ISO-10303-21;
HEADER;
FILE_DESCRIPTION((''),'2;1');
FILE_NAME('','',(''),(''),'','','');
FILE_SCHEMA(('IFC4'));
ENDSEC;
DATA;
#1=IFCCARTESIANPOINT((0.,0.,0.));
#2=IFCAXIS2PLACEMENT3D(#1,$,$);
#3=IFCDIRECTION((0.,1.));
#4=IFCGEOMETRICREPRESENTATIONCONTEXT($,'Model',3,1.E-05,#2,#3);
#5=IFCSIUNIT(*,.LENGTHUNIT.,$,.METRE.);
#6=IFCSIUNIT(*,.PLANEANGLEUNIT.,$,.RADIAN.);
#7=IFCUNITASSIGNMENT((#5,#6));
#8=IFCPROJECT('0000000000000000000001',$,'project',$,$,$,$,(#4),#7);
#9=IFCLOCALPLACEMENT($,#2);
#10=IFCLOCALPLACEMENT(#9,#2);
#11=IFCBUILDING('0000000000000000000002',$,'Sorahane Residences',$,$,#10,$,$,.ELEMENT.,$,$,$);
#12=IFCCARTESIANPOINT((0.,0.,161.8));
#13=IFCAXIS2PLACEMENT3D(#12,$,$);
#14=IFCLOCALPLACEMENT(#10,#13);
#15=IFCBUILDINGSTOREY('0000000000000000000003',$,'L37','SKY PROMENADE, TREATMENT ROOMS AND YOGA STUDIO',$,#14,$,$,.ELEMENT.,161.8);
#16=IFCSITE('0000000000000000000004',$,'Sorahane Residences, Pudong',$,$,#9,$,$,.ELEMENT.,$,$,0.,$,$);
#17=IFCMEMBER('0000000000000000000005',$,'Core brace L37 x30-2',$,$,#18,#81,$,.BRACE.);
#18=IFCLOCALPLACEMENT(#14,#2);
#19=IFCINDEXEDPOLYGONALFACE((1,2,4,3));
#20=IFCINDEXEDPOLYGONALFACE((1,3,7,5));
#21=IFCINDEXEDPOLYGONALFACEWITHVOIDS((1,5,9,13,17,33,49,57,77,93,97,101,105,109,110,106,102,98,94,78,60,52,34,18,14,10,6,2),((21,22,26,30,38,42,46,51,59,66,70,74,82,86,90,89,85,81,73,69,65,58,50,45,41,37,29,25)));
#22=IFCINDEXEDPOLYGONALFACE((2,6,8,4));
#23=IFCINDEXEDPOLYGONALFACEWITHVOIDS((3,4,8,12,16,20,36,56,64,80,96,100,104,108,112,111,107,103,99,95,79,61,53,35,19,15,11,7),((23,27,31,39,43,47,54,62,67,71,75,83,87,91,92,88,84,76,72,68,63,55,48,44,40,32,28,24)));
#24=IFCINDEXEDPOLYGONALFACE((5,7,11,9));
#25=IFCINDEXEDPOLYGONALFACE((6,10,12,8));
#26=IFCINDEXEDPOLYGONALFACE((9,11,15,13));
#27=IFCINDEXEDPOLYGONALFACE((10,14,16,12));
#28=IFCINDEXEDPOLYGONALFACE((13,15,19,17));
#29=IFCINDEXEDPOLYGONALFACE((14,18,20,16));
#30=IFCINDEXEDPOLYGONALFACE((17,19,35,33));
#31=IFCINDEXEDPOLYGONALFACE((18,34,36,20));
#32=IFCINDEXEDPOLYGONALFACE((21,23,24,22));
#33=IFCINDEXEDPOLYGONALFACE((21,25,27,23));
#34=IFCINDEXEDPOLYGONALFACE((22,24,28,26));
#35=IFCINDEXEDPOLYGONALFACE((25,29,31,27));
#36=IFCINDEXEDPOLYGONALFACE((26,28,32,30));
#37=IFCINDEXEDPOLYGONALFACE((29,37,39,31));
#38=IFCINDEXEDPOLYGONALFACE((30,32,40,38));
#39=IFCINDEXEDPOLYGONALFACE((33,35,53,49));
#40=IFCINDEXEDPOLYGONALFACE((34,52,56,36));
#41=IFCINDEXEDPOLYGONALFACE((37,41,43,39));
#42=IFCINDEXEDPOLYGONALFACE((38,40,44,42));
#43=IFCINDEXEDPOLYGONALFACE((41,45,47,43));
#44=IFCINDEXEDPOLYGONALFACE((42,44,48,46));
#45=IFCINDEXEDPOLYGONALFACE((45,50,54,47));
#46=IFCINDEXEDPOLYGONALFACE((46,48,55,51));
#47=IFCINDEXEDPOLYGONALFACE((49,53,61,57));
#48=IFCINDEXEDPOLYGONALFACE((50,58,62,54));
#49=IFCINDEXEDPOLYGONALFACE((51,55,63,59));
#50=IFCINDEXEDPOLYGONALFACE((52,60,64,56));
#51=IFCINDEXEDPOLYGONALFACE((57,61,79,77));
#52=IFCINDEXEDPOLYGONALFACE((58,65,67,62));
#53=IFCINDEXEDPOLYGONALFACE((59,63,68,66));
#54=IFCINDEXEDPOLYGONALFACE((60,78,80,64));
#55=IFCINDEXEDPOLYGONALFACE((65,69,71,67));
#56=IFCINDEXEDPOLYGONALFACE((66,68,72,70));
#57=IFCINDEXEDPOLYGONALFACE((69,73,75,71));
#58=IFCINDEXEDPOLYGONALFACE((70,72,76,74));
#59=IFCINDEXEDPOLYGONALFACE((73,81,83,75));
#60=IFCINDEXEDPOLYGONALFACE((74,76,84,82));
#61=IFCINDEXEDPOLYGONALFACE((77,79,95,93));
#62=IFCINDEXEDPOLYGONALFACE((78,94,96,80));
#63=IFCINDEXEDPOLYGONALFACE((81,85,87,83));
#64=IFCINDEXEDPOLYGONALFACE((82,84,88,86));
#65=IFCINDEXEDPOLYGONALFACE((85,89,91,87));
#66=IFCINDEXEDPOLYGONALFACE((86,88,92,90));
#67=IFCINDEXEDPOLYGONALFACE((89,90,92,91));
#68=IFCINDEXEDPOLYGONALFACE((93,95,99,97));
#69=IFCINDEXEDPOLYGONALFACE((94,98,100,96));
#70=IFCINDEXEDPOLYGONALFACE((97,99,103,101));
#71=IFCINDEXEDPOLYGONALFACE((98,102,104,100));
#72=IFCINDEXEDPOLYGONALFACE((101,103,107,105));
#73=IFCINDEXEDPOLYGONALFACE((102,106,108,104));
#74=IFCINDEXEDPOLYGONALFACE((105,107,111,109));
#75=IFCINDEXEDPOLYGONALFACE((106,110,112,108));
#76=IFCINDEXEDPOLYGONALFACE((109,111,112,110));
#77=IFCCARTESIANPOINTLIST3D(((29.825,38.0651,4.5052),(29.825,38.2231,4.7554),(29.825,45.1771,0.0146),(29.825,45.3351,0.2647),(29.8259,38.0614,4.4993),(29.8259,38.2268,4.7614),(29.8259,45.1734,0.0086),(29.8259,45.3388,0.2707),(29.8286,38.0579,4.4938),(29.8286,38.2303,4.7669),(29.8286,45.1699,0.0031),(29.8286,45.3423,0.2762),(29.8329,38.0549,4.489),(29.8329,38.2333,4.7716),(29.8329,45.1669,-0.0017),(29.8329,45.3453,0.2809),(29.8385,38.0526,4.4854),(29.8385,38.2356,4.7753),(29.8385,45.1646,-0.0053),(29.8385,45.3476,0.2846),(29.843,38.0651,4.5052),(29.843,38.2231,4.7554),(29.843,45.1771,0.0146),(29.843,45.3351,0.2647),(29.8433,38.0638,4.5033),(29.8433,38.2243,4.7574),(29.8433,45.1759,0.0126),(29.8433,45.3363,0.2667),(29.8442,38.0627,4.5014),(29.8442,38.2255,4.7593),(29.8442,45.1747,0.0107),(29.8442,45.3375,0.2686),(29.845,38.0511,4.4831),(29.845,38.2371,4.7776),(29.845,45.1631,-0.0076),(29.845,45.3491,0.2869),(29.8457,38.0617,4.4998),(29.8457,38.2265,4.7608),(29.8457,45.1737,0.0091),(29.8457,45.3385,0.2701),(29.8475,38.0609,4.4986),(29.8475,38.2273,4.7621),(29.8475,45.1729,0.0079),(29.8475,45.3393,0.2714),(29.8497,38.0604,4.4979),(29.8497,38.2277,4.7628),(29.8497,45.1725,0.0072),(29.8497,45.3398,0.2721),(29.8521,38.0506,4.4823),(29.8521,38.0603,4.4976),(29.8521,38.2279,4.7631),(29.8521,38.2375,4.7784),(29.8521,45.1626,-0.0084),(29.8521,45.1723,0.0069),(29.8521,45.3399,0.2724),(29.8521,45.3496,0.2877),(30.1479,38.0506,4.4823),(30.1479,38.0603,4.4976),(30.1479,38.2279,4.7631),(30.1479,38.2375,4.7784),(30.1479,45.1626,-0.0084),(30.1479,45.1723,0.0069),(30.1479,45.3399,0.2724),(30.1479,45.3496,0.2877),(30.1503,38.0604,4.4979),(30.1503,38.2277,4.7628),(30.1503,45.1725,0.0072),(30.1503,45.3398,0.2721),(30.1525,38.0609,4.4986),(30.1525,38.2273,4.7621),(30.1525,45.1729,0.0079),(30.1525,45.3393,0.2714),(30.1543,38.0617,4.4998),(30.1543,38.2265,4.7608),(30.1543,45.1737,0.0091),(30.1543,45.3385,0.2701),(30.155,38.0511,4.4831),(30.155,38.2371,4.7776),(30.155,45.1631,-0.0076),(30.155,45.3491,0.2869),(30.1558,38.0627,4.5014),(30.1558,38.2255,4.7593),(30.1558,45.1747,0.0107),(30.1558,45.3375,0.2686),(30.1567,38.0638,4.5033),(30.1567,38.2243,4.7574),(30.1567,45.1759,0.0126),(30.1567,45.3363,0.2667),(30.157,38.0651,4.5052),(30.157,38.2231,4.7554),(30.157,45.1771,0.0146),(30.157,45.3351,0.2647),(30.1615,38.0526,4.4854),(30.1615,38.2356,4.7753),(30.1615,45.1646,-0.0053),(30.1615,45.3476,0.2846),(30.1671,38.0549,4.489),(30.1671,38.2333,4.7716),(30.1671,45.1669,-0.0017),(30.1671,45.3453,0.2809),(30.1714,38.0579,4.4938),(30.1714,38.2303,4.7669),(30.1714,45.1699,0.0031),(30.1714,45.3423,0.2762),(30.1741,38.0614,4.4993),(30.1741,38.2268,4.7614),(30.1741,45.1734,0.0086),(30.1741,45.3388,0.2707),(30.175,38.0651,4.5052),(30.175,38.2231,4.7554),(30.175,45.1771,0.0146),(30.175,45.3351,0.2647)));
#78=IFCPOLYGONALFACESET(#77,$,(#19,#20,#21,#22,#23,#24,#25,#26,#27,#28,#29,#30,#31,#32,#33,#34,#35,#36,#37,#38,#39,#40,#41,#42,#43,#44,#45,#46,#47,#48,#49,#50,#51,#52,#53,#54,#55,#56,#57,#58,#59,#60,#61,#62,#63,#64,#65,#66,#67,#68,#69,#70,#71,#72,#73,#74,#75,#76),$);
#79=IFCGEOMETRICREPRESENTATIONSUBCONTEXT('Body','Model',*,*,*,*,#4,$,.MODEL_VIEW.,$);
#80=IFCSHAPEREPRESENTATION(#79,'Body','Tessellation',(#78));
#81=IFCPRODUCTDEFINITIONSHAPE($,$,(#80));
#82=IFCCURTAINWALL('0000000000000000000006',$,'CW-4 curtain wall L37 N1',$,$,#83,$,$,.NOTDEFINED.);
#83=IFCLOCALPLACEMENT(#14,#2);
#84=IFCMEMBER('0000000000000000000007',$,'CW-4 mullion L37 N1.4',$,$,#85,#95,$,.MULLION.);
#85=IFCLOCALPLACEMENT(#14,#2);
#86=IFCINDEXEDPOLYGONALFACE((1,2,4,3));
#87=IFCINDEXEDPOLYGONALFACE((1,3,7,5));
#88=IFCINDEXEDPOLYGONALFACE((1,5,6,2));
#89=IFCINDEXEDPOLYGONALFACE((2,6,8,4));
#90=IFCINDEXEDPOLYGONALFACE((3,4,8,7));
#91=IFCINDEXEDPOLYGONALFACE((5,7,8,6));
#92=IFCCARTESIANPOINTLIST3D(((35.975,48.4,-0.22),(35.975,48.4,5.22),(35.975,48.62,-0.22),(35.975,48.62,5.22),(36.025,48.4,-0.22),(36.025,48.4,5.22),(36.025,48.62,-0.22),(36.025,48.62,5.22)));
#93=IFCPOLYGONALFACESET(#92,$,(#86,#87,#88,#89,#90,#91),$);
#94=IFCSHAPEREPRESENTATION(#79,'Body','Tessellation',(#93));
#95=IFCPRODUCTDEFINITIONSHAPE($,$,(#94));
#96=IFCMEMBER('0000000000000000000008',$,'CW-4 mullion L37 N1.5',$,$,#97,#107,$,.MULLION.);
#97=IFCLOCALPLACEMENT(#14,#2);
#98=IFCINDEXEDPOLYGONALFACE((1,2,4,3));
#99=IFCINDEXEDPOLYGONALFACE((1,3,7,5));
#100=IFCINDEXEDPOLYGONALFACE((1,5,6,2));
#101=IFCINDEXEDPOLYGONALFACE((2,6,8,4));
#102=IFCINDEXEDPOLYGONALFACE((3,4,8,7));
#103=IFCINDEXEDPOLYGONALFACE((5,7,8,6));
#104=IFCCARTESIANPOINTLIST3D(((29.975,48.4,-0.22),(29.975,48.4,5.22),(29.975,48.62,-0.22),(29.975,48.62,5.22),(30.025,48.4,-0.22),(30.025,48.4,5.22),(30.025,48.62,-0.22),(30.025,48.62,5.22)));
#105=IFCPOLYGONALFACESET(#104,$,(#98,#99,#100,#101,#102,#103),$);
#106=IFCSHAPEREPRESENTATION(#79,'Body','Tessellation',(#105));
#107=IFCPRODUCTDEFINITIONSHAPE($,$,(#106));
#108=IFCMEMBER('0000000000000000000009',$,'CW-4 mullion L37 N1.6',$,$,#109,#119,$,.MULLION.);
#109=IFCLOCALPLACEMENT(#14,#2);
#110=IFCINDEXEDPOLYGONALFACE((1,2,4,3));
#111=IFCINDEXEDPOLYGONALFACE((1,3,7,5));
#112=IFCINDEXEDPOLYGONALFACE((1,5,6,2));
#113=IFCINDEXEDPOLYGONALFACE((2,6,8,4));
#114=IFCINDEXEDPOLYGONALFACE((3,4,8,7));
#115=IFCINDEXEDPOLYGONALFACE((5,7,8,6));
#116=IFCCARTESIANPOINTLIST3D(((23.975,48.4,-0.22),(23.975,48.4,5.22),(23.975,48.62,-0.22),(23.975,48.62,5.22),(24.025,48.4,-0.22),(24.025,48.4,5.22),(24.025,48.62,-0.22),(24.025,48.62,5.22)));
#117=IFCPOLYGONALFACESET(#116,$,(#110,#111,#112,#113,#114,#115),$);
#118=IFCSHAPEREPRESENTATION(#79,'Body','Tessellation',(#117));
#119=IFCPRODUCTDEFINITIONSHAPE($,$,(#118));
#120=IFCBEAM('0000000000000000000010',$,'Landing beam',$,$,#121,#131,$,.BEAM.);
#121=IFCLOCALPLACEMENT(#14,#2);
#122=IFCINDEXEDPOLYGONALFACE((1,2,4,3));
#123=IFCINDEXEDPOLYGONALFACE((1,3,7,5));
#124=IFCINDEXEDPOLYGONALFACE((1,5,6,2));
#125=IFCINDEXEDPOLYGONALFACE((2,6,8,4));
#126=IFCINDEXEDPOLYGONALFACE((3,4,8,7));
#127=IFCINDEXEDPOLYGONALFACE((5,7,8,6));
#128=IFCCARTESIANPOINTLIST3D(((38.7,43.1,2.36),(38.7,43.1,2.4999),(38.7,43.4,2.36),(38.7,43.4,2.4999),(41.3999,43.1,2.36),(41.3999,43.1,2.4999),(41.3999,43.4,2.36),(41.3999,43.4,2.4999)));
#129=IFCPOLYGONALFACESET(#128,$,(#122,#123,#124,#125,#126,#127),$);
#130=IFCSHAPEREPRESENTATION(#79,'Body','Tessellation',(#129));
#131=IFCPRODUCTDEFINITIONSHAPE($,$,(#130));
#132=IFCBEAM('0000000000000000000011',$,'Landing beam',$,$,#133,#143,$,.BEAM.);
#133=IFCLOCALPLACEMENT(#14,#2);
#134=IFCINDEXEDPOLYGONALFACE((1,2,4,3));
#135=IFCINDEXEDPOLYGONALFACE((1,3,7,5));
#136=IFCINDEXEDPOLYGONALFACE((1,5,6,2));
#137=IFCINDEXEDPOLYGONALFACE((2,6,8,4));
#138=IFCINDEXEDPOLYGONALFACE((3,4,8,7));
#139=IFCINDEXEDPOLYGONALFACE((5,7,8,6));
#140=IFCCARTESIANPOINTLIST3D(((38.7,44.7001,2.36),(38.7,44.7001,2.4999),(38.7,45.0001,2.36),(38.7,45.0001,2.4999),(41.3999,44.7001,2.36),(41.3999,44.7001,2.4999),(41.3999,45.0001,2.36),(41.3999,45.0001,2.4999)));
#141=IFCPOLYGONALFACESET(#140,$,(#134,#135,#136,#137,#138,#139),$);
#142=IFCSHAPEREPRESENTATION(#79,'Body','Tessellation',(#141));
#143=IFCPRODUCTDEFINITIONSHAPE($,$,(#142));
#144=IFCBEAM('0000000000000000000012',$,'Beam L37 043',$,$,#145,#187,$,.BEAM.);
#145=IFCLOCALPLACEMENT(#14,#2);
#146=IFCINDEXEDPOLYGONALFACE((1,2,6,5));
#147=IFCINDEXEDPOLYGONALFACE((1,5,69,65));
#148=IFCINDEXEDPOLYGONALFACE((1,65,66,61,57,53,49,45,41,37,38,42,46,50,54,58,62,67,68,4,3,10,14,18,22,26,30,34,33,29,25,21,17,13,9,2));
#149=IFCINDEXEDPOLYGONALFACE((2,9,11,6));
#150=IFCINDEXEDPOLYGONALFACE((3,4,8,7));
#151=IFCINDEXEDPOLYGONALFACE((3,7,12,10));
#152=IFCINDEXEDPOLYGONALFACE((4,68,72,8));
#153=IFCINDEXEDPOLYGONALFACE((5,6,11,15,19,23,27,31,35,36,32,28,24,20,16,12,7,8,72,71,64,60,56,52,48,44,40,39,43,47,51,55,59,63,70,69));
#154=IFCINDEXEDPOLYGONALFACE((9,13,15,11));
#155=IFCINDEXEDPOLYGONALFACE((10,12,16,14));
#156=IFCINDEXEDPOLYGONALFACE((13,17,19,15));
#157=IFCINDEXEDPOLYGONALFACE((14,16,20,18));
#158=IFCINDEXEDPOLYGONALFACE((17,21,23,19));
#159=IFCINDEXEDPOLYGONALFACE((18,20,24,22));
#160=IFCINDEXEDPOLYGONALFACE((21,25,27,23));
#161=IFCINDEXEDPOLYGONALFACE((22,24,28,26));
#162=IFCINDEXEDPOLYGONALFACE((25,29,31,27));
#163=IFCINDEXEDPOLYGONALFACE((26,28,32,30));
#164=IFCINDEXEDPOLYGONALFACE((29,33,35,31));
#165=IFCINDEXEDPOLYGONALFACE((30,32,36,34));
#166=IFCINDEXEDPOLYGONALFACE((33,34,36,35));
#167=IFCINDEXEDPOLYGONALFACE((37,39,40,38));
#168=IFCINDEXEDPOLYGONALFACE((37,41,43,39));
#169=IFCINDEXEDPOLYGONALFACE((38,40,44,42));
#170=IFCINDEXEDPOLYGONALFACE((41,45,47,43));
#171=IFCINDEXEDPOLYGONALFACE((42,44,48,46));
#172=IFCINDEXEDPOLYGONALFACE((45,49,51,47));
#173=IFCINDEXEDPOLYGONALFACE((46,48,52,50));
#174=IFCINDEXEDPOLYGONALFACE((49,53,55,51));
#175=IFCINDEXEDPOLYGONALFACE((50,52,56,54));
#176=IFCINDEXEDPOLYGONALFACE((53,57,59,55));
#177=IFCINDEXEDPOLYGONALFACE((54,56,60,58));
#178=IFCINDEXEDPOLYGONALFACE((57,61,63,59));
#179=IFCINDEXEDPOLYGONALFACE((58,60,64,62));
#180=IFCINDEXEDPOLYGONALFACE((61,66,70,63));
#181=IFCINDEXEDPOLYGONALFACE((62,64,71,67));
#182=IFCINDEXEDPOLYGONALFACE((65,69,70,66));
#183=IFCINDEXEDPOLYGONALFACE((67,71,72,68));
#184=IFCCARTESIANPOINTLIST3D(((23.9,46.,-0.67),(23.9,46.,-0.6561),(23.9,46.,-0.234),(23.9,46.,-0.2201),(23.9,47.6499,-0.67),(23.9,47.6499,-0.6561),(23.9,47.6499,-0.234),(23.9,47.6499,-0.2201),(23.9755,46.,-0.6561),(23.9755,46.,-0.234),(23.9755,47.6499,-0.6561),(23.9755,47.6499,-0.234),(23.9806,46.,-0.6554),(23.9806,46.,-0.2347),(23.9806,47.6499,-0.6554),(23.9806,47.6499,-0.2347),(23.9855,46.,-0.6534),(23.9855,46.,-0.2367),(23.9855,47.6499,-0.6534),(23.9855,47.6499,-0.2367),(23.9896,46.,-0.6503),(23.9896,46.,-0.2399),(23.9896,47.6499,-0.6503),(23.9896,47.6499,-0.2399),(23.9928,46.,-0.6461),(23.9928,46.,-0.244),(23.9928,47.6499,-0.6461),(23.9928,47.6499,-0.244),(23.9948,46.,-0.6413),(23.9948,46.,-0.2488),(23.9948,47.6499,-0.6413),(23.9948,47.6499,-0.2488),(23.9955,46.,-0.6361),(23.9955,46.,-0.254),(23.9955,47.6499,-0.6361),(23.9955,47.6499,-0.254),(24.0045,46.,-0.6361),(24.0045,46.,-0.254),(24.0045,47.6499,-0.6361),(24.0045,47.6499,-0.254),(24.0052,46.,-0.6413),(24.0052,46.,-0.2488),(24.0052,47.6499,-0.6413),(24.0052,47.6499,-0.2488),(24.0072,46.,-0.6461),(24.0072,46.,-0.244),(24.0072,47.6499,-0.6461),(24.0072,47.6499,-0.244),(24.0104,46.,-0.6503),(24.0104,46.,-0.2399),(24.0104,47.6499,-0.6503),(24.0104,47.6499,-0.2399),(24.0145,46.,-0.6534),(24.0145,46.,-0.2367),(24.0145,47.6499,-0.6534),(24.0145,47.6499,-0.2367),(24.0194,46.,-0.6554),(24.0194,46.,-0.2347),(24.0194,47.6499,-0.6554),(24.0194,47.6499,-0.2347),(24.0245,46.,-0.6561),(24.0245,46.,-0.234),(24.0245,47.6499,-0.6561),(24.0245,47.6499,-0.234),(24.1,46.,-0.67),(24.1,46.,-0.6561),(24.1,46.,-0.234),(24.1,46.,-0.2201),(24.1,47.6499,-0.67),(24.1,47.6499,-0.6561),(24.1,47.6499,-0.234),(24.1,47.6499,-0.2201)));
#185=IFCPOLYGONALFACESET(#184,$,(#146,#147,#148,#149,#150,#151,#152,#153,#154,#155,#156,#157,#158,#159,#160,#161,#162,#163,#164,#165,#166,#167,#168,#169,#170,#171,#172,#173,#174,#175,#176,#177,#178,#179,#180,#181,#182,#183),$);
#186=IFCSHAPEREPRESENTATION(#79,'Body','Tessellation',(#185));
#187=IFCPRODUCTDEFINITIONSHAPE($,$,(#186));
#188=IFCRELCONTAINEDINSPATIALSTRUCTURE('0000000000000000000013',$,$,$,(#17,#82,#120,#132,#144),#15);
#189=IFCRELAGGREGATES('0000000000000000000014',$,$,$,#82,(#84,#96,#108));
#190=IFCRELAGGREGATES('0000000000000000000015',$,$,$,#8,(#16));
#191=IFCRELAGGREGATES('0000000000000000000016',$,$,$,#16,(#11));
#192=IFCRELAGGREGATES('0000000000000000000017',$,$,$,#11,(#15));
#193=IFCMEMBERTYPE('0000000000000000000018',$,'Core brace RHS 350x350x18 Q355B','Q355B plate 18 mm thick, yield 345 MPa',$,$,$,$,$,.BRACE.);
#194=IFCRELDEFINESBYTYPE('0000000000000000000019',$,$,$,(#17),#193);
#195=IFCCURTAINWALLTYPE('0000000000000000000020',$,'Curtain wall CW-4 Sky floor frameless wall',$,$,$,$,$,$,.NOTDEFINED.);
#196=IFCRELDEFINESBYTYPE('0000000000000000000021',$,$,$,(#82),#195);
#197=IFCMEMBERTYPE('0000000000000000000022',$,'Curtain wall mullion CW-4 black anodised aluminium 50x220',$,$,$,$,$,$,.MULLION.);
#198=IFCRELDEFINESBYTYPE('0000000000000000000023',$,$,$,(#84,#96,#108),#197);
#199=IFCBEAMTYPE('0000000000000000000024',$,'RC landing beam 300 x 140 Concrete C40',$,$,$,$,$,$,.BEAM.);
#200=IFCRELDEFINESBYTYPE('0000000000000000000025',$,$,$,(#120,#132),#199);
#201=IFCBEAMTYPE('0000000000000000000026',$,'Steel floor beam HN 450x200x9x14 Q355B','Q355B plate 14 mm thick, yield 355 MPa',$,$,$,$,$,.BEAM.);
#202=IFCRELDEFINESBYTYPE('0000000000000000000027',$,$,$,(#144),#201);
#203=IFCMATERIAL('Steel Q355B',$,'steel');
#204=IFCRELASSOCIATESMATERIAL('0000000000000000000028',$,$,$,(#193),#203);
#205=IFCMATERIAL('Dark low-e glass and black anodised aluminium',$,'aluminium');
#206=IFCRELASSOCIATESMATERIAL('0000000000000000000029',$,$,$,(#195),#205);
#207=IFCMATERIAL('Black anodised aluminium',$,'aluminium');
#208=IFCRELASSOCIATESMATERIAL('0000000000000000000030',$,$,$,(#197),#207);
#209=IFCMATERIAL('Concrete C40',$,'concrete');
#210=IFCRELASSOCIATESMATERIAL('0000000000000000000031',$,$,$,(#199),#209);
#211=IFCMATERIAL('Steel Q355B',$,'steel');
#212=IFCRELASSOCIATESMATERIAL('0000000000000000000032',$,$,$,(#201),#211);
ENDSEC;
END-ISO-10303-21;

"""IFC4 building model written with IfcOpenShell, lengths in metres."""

from ifc_helpers import new_model, si_unit, direction, frame, origin, origin_2d, place, context, subcontext, project, spatial, rectangle, hollow_rectangle, i_section, extrude, material, material_profile, profile_set, type_object, element, aggregate, save


model = new_model("IFC4")

# Units and contexts
model_context = context("Model", 3, precision=1e-05, world=origin(), true_north=direction((0.0, 1.0)))
body_context = subcontext(model_context, "Body", "Model", "MODEL_VIEW")
ifc_project = project(units=[si_unit("LENGTHUNIT", "METRE"), si_unit("PLANEANGLEUNIT", "RADIAN")], contexts=[model_context])

# Site, building, storey
site_placement = place(None, origin())
site = spatial("IfcSite", under=ifc_project, at=site_placement, Name="Sorahane Residences, Pudong", CompositionType="ELEMENT", RefElevation=0.0)
building_placement = place(site_placement, origin())
building = spatial("IfcBuilding", under=site, at=building_placement, Name="Sorahane Residences", CompositionType="ELEMENT")
storey_placement = place(building_placement, frame((0.0, 0.0, 161.8)))
storey = spatial("IfcBuildingStorey", under=building, at=storey_placement, Name="L37", Description="SKY PROMENADE, TREATMENT ROOMS AND YOGA STUDIO", CompositionType="ELEMENT", Elevation=161.8)

# Member
ifc_material_1 = material(Name="Steel Q355B", Category="steel")
ifc_material_profile_1 = material_profile(ifc_material_1, hollow_rectangle(XDim=0.3501, YDim=0.3501, WallThickness=0.0181, InnerFilletRadius=0.009, OuterFilletRadius=0.0271, at=origin_2d()), Name="RHS 350x350x18")
ifc_profile_set_1 = profile_set([ifc_material_profile_1], Name="Steel Q355B")
member_type_1 = type_object("IfcMemberType", Name="Core brace RHS 350x350x18 Q355B", Description="Q355B plate 18 mm thick, yield 345 MPa", PredefinedType="BRACE", material=ifc_profile_set_1)
member_1_placement = place(storey_placement, frame((30.0, 45.2561, 0.1396), z_axis=(0.0, -0.845548, 0.533899), x_axis=(1.0, 0.0, 0.0)))
element("IfcMember", 1, at=member_1_placement, inside=storey, type_object=member_type_1, Name="Core brace L37 x30-2", PredefinedType="BRACE", context=body_context, shape_type="SweptSolid", body=[
    extrude(hollow_rectangle(XDim=0.3501, YDim=0.3501, WallThickness=0.0181, InnerFilletRadius=0.009, OuterFilletRadius=0.0271, at=origin_2d()), origin(), (0.0, 0.0, 1.0), 8.4111),
])

# Curtain wall, members
ifc_material_2 = material(Name="Dark low-e glass and black anodised aluminium", Category="aluminium")
curtain_wall_type = type_object("IfcCurtainWallType", Name="Curtain wall CW-4 Sky floor frameless wall", PredefinedType="NOTDEFINED", material=ifc_material_2)
curtain_wall_placement = place(storey_placement, origin())
curtain_wall = element("IfcCurtainWall", 2, at=curtain_wall_placement, inside=storey, type_object=curtain_wall_type, Name="CW-4 curtain wall L37 N1", PredefinedType="NOTDEFINED")
ifc_material_3 = material(Name="Black anodised aluminium", Category="aluminium")
ifc_material_profile_2 = material_profile(ifc_material_3, rectangle(XDim=0.22, YDim=0.05, at=origin_2d()), Name="Curtain wall mullion CW-4 black anodised aluminium 50x220")
ifc_profile_set_2 = profile_set([ifc_material_profile_2], Name="Black anodised aluminium")
member_type_2 = type_object("IfcMemberType", Name="Curtain wall mullion CW-4 black anodised aluminium 50x220", PredefinedType="MULLION", material=ifc_profile_set_2)
member_2_placement = place(storey_placement, frame((36.0, 48.51, -0.22), z_axis=(0.0, 0.0, 1.0), x_axis=(0.0, 1.0, 0.0)))
member_2 = element("IfcMember", 3, at=member_2_placement, type_object=member_type_2, Name="CW-4 mullion L37 N1.4", PredefinedType="MULLION", context=body_context, shape_type="SweptSolid", body=[
    extrude(rectangle(XDim=0.22, YDim=0.05, at=origin_2d()), origin(), (0.0, 0.0, 1.0), 5.4399),
])
member_3_placement = place(storey_placement, frame((30.0, 48.51, -0.22), z_axis=(0.0, 0.0, 1.0), x_axis=(0.0, 1.0, 0.0)))
member_3 = element("IfcMember", 4, at=member_3_placement, type_object=member_type_2, Name="CW-4 mullion L37 N1.5", PredefinedType="MULLION", context=body_context, shape_type="SweptSolid", body=[
    extrude(rectangle(XDim=0.22, YDim=0.05, at=origin_2d()), origin(), (0.0, 0.0, 1.0), 5.4399),
])
member_4_placement = place(storey_placement, frame((24.0, 48.51, -0.22), z_axis=(0.0, 0.0, 1.0), x_axis=(0.0, 1.0, 0.0)))
member_4 = element("IfcMember", 5, at=member_4_placement, type_object=member_type_2, Name="CW-4 mullion L37 N1.6", PredefinedType="MULLION", context=body_context, shape_type="SweptSolid", body=[
    extrude(rectangle(XDim=0.22, YDim=0.05, at=origin_2d()), origin(), (0.0, 0.0, 1.0), 5.4399),
])

# Beams
ifc_material_4 = material(Name="Concrete C40", Category="concrete")
ifc_material_profile_3 = material_profile(ifc_material_4, rectangle(XDim=0.3, YDim=0.1399, at=origin_2d()), Name="300x140")
ifc_profile_set_3 = profile_set([ifc_material_profile_3], Name="Concrete C40")
beam_type_1 = type_object("IfcBeamType", Name="RC landing beam 300 x 140 Concrete C40", PredefinedType="BEAM", material=ifc_profile_set_3)
for number, where, z_axis, x_axis, name in (
    (6, (38.7, 43.25, 2.4299), (1.0, 0.0, 0.0), (0.0, 1.0, 0.0), "Landing beam"),
    (7, (38.7, 44.8501, 2.4299), (1.0, 0.0, 0.0), (0.0, 1.0, 0.0), "Landing beam"),
):
    element("IfcBeam", number, at=place(storey_placement, frame(where, z_axis=z_axis, x_axis=x_axis)), inside=storey, type_object=beam_type_1, Name=name, PredefinedType="BEAM", context=body_context, shape_type="SweptSolid", body=[
        extrude(rectangle(XDim=0.3, YDim=0.1399, at=origin_2d()), origin(), (0.0, 0.0, 1.0), 2.7),
    ])
ifc_material_5 = material(Name="Steel Q355B", Category="steel")
ifc_material_profile_4 = material_profile(ifc_material_5, i_section(OverallWidth=0.2, OverallDepth=0.45, WebThickness=0.009, FlangeThickness=0.0139, FilletRadius=0.02, at=origin_2d()), Name="HN 450x200x9x14")
ifc_profile_set_4 = profile_set([ifc_material_profile_4], Name="Steel Q355B")
beam_type_2 = type_object("IfcBeamType", Name="Steel floor beam HN 450x200x9x14 Q355B", Description="Q355B plate 14 mm thick, yield 355 MPa", PredefinedType="BEAM", material=ifc_profile_set_4)
beam_1_placement = place(storey_placement, frame((24.0, 46.0, -0.4451), z_axis=(0.0, 1.0, 0.0), x_axis=(-1.0, 0.0, 0.0)))
element("IfcBeam", 8, at=beam_1_placement, inside=storey, type_object=beam_type_2, Name="Beam L37 043", PredefinedType="BEAM", context=body_context, shape_type="SweptSolid", body=[
    extrude(i_section(OverallWidth=0.2, OverallDepth=0.45, WebThickness=0.009, FlangeThickness=0.0139, FilletRadius=0.02, at=origin_2d()), origin(), (0.0, 0.0, 1.0), 1.6499),
])

aggregate(curtain_wall, [member_2, member_3, member_4])

save(model, "model.ifc")
